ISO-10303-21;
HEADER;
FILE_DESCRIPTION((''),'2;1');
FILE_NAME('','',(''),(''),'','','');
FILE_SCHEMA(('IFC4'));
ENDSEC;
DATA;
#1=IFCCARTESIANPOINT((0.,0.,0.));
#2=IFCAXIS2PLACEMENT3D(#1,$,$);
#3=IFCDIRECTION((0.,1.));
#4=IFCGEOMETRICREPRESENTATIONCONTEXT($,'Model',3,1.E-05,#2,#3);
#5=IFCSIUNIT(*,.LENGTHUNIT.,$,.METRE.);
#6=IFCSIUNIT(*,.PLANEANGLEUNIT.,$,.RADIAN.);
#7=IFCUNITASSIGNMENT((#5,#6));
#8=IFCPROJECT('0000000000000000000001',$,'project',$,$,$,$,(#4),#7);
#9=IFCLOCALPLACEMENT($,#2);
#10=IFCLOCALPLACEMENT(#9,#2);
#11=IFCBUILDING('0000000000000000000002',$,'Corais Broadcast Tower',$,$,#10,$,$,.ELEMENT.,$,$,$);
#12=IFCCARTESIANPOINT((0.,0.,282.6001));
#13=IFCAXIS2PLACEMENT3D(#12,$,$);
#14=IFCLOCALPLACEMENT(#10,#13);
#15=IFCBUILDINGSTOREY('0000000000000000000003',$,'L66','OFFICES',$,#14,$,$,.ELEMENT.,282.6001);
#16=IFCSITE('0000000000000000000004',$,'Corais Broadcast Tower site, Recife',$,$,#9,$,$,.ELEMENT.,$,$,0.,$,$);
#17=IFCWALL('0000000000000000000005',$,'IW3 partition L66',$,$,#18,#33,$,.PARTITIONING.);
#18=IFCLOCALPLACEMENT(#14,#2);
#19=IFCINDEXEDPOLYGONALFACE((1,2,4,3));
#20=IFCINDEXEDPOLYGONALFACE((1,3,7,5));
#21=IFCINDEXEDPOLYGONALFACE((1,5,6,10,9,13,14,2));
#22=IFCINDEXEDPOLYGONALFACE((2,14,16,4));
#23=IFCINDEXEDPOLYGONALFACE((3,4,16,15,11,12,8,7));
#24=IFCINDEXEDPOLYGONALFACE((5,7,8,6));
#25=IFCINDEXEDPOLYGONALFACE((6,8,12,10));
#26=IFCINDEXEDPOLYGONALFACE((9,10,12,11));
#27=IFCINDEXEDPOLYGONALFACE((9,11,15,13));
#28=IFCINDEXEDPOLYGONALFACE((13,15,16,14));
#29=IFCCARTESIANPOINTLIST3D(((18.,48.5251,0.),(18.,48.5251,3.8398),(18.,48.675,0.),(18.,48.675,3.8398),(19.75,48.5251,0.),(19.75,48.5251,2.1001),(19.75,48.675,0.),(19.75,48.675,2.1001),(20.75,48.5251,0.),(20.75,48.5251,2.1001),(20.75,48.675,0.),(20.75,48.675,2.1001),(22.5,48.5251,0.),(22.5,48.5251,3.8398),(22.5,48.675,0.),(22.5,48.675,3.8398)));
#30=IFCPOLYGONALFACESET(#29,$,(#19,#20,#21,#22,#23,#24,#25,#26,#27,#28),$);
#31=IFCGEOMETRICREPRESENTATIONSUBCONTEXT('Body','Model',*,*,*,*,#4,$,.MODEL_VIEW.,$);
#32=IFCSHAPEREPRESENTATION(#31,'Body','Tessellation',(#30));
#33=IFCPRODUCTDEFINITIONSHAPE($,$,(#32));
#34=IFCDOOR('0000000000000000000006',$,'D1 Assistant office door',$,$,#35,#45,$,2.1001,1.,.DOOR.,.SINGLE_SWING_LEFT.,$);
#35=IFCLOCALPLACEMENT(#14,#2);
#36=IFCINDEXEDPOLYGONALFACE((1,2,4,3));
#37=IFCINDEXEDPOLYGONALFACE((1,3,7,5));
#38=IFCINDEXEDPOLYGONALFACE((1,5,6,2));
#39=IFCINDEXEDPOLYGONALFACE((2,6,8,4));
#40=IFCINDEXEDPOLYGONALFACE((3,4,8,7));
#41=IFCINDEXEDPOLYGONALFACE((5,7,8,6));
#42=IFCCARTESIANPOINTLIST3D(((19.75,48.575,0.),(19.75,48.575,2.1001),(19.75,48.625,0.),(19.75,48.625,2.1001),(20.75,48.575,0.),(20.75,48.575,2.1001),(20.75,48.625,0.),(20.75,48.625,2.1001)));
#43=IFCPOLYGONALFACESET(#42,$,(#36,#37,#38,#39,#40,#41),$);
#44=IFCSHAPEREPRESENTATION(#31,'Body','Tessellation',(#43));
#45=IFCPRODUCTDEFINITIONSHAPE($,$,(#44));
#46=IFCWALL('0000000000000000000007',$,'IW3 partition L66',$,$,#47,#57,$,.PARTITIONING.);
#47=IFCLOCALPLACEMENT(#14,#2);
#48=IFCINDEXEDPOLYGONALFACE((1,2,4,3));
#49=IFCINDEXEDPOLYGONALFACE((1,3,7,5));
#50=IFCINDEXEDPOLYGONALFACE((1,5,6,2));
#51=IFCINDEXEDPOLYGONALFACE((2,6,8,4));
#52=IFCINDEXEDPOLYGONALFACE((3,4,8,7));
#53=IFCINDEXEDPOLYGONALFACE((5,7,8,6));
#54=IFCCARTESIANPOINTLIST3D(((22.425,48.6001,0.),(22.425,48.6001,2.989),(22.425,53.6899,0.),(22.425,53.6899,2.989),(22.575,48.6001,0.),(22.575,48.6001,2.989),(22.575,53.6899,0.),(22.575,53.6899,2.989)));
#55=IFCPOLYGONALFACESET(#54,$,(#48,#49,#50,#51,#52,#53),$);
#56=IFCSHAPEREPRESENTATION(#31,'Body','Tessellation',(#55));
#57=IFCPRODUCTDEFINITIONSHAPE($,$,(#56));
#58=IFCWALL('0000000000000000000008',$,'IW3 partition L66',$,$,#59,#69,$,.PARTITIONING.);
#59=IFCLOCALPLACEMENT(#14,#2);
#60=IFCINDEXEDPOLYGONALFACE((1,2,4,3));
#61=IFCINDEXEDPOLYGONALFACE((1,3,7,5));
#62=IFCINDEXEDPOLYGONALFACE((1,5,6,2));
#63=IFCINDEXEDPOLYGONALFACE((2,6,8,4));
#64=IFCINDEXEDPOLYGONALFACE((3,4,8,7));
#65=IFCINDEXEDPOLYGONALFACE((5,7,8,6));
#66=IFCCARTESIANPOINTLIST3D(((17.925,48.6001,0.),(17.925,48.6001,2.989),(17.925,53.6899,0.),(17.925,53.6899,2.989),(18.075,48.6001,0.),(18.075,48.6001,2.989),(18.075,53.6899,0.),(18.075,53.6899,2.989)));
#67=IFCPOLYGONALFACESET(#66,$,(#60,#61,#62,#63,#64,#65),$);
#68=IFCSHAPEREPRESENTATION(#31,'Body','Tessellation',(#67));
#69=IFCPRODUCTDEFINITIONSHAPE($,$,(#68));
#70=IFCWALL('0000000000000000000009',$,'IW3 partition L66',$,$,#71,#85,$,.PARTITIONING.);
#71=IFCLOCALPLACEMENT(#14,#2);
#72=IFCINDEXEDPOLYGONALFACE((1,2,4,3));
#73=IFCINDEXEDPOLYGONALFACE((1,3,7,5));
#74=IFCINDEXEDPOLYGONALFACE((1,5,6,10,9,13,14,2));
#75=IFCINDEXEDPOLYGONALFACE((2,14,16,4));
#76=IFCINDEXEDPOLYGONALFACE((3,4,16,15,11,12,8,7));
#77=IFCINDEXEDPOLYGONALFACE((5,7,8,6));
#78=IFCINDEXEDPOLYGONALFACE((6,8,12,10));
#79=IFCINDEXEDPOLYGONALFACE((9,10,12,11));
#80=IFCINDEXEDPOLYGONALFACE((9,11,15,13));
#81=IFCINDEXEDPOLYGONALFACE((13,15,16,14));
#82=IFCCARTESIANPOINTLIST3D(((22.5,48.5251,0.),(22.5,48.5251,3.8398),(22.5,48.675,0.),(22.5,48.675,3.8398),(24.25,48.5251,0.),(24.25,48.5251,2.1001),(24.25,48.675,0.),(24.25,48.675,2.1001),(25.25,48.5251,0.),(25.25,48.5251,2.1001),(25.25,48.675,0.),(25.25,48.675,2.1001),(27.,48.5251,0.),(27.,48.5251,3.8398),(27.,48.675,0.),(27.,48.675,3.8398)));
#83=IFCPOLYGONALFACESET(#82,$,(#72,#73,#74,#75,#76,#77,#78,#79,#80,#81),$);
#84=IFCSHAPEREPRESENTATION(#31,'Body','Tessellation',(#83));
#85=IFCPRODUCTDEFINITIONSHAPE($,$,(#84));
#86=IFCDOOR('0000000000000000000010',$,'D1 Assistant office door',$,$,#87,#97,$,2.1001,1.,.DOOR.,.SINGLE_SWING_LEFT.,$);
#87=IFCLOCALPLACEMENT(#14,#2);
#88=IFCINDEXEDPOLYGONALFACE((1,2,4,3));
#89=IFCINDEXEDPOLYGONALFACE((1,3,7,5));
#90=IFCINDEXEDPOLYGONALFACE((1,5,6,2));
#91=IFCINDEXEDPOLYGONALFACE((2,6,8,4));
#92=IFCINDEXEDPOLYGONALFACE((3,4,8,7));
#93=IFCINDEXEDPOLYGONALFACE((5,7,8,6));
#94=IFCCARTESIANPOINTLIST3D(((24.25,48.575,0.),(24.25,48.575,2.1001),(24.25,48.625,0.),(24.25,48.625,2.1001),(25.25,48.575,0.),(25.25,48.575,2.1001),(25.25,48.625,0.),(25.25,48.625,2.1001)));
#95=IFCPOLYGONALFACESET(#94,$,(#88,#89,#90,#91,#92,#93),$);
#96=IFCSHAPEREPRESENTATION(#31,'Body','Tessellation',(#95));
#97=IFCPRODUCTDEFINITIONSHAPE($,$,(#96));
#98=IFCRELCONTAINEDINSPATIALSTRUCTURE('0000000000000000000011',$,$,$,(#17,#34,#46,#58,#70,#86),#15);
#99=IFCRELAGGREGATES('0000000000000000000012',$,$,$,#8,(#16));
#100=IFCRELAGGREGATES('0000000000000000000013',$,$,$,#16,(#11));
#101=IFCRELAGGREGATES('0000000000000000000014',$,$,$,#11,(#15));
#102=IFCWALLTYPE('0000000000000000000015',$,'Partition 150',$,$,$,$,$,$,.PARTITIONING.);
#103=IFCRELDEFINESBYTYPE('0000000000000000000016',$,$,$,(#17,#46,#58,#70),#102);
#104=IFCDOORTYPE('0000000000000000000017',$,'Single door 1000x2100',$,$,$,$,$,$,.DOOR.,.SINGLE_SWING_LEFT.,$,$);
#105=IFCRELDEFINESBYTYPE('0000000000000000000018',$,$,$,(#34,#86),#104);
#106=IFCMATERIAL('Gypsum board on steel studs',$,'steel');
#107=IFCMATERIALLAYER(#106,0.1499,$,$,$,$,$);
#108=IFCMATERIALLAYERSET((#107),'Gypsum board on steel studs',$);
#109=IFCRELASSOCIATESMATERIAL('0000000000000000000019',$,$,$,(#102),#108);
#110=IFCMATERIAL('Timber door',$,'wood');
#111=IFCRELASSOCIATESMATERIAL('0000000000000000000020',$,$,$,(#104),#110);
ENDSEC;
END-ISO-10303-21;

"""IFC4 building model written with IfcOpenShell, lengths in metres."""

from ifc_helpers import new_model, si_unit, direction, frame, frame_2d, origin, place, context, subcontext, project, spatial, rectangle, extrude, material, layer, layer_set, type_object, element, fill, save


model = new_model("IFC4")

# Units and contexts
model_context = context("Model", 3, precision=1e-05, world=origin(), true_north=direction((0.0, 1.0)))
body_context = subcontext(model_context, "Body", "Model", "MODEL_VIEW")
ifc_project = project(units=[si_unit("LENGTHUNIT", "METRE"), si_unit("PLANEANGLEUNIT", "RADIAN")], contexts=[model_context])

# Site, building, storey
site_placement = place(None, origin())
site = spatial("IfcSite", under=ifc_project, at=site_placement, Name="Corais Broadcast Tower site, Recife", CompositionType="ELEMENT", RefElevation=0.0)
building_placement = place(site_placement, origin())
building = spatial("IfcBuilding", under=site, at=building_placement, Name="Corais Broadcast Tower", CompositionType="ELEMENT")
storey_placement = place(building_placement, frame((0.0, 0.0, 282.6001)))
storey = spatial("IfcBuildingStorey", under=building, at=storey_placement, Name="L66", Description="OFFICES", CompositionType="ELEMENT", Elevation=282.6001)

# Shared definitions
ifc_material_1 = material(Name="Gypsum board on steel studs", Category="steel")
ifc_layer_1 = layer(ifc_material_1, 0.1499)
ifc_layer_set_1 = layer_set([ifc_layer_1], Name="Gypsum board on steel studs")
wall_type = type_object("IfcWallType", Name="Partition 150", PredefinedType="PARTITIONING", material=ifc_layer_set_1)

# Wall, opening, door
ifc_material_2 = material(Name="Timber door", Category="wood")
door_type = type_object("IfcDoorType", Name="Single door 1000x2100", OperationType="SINGLE_SWING_LEFT", PredefinedType="DOOR", material=ifc_material_2)
wall_1_placement = place(storey_placement, frame((18.0, 48.6001, 0.0), z_axis=(0.0, 0.0, 1.0), x_axis=(1.0, 0.0, 0.0)))
wall_1 = element("IfcWall", 1, at=wall_1_placement, inside=storey, type_object=wall_type, Name="IW3 partition L66", PredefinedType="PARTITIONING", context=body_context, shape_type="SweptSolid", body=[
    extrude(rectangle(XDim=4.5, YDim=0.1499, at=frame_2d((2.25, 0.0))), origin(), (0.0, 0.0, 1.0), 3.8398),
])
opening_1_placement = place(wall_1_placement, frame((1.75, 0.0, 0.0)))
opening_1 = element("IfcOpeningElement", 2, at=opening_1_placement, cuts=wall_1, PredefinedType="OPENING", context=body_context, shape_type="SweptSolid", body=[
    extrude(rectangle(XDim=1.0, YDim=2.1001, at=frame_2d((0.5, 1.05))), frame((0.0, 0.085, 0.0), z_axis=(0.0, -1.0, 0.0), x_axis=(1.0, 0.0, 0.0)), (0.0, 0.0, 1.0), 0.1699),
])
door_1_placement = place(opening_1_placement, origin())
door_1 = element("IfcDoor", 3, at=door_1_placement, inside=storey, type_object=door_type, Name="D1 Assistant office door", OperationType="SINGLE_SWING_LEFT", OverallHeight=2.1001, OverallWidth=1.0, PredefinedType="DOOR", context=body_context, shape_type="SweptSolid", body=[
    extrude(rectangle(XDim=1.0, YDim=2.1001, at=frame_2d((0.5, 1.05))), frame((0.0, 0.0249, 0.0), z_axis=(0.0, -1.0, 0.0), x_axis=(1.0, 0.0, 0.0)), (0.0, 0.0, 1.0), 0.05),
])
fill(opening_1, door_1)

# Walls
for number, where, z_axis, x_axis, name in (
    (4, (22.5, 48.6001, 0.0), (0.0, 0.0, 1.0), (0.0, 1.0, 0.0), "IW3 partition L66"),
    (5, (18.0, 53.6899, 0.0), (0.0, 0.0, 1.0), (0.0, -1.0, 0.0), "IW3 partition L66"),
):
    element("IfcWall", number, at=place(storey_placement, frame(where, z_axis=z_axis, x_axis=x_axis)), inside=storey, type_object=wall_type, Name=name, PredefinedType="PARTITIONING", context=body_context, shape_type="SweptSolid", body=[
        extrude(rectangle(XDim=5.0898, YDim=0.1499, at=frame_2d((2.5449, 0.0))), origin(), (0.0, 0.0, 1.0), 2.989),
    ])

# Wall, opening, door
wall_2_placement = place(storey_placement, frame((22.5, 48.6001, 0.0), z_axis=(0.0, 0.0, 1.0), x_axis=(1.0, 0.0, 0.0)))
wall_2 = element("IfcWall", 6, at=wall_2_placement, inside=storey, type_object=wall_type, Name="IW3 partition L66", PredefinedType="PARTITIONING", context=body_context, shape_type="SweptSolid", body=[
    extrude(rectangle(XDim=4.5, YDim=0.1499, at=frame_2d((2.25, 0.0))), origin(), (0.0, 0.0, 1.0), 3.8398),
])
opening_2_placement = place(wall_2_placement, frame((1.75, 0.0, 0.0)))
opening_2 = element("IfcOpeningElement", 7, at=opening_2_placement, cuts=wall_2, PredefinedType="OPENING", context=body_context, shape_type="SweptSolid", body=[
    extrude(rectangle(XDim=1.0, YDim=2.1001, at=frame_2d((0.5, 1.05))), frame((0.0, 0.085, 0.0), z_axis=(0.0, -1.0, 0.0), x_axis=(1.0, 0.0, 0.0)), (0.0, 0.0, 1.0), 0.1699),
])
door_2_placement = place(opening_2_placement, origin())
door_2 = element("IfcDoor", 8, at=door_2_placement, inside=storey, type_object=door_type, Name="D1 Assistant office door", OperationType="SINGLE_SWING_LEFT", OverallHeight=2.1001, OverallWidth=1.0, PredefinedType="DOOR", context=body_context, shape_type="SweptSolid", body=[
    extrude(rectangle(XDim=1.0, YDim=2.1001, at=frame_2d((0.5, 1.05))), frame((0.0, 0.0249, 0.0), z_axis=(0.0, -1.0, 0.0), x_axis=(1.0, 0.0, 0.0)), (0.0, 0.0, 1.0), 0.05),
])
fill(opening_2, door_2)

save(model, "model.ifc")
